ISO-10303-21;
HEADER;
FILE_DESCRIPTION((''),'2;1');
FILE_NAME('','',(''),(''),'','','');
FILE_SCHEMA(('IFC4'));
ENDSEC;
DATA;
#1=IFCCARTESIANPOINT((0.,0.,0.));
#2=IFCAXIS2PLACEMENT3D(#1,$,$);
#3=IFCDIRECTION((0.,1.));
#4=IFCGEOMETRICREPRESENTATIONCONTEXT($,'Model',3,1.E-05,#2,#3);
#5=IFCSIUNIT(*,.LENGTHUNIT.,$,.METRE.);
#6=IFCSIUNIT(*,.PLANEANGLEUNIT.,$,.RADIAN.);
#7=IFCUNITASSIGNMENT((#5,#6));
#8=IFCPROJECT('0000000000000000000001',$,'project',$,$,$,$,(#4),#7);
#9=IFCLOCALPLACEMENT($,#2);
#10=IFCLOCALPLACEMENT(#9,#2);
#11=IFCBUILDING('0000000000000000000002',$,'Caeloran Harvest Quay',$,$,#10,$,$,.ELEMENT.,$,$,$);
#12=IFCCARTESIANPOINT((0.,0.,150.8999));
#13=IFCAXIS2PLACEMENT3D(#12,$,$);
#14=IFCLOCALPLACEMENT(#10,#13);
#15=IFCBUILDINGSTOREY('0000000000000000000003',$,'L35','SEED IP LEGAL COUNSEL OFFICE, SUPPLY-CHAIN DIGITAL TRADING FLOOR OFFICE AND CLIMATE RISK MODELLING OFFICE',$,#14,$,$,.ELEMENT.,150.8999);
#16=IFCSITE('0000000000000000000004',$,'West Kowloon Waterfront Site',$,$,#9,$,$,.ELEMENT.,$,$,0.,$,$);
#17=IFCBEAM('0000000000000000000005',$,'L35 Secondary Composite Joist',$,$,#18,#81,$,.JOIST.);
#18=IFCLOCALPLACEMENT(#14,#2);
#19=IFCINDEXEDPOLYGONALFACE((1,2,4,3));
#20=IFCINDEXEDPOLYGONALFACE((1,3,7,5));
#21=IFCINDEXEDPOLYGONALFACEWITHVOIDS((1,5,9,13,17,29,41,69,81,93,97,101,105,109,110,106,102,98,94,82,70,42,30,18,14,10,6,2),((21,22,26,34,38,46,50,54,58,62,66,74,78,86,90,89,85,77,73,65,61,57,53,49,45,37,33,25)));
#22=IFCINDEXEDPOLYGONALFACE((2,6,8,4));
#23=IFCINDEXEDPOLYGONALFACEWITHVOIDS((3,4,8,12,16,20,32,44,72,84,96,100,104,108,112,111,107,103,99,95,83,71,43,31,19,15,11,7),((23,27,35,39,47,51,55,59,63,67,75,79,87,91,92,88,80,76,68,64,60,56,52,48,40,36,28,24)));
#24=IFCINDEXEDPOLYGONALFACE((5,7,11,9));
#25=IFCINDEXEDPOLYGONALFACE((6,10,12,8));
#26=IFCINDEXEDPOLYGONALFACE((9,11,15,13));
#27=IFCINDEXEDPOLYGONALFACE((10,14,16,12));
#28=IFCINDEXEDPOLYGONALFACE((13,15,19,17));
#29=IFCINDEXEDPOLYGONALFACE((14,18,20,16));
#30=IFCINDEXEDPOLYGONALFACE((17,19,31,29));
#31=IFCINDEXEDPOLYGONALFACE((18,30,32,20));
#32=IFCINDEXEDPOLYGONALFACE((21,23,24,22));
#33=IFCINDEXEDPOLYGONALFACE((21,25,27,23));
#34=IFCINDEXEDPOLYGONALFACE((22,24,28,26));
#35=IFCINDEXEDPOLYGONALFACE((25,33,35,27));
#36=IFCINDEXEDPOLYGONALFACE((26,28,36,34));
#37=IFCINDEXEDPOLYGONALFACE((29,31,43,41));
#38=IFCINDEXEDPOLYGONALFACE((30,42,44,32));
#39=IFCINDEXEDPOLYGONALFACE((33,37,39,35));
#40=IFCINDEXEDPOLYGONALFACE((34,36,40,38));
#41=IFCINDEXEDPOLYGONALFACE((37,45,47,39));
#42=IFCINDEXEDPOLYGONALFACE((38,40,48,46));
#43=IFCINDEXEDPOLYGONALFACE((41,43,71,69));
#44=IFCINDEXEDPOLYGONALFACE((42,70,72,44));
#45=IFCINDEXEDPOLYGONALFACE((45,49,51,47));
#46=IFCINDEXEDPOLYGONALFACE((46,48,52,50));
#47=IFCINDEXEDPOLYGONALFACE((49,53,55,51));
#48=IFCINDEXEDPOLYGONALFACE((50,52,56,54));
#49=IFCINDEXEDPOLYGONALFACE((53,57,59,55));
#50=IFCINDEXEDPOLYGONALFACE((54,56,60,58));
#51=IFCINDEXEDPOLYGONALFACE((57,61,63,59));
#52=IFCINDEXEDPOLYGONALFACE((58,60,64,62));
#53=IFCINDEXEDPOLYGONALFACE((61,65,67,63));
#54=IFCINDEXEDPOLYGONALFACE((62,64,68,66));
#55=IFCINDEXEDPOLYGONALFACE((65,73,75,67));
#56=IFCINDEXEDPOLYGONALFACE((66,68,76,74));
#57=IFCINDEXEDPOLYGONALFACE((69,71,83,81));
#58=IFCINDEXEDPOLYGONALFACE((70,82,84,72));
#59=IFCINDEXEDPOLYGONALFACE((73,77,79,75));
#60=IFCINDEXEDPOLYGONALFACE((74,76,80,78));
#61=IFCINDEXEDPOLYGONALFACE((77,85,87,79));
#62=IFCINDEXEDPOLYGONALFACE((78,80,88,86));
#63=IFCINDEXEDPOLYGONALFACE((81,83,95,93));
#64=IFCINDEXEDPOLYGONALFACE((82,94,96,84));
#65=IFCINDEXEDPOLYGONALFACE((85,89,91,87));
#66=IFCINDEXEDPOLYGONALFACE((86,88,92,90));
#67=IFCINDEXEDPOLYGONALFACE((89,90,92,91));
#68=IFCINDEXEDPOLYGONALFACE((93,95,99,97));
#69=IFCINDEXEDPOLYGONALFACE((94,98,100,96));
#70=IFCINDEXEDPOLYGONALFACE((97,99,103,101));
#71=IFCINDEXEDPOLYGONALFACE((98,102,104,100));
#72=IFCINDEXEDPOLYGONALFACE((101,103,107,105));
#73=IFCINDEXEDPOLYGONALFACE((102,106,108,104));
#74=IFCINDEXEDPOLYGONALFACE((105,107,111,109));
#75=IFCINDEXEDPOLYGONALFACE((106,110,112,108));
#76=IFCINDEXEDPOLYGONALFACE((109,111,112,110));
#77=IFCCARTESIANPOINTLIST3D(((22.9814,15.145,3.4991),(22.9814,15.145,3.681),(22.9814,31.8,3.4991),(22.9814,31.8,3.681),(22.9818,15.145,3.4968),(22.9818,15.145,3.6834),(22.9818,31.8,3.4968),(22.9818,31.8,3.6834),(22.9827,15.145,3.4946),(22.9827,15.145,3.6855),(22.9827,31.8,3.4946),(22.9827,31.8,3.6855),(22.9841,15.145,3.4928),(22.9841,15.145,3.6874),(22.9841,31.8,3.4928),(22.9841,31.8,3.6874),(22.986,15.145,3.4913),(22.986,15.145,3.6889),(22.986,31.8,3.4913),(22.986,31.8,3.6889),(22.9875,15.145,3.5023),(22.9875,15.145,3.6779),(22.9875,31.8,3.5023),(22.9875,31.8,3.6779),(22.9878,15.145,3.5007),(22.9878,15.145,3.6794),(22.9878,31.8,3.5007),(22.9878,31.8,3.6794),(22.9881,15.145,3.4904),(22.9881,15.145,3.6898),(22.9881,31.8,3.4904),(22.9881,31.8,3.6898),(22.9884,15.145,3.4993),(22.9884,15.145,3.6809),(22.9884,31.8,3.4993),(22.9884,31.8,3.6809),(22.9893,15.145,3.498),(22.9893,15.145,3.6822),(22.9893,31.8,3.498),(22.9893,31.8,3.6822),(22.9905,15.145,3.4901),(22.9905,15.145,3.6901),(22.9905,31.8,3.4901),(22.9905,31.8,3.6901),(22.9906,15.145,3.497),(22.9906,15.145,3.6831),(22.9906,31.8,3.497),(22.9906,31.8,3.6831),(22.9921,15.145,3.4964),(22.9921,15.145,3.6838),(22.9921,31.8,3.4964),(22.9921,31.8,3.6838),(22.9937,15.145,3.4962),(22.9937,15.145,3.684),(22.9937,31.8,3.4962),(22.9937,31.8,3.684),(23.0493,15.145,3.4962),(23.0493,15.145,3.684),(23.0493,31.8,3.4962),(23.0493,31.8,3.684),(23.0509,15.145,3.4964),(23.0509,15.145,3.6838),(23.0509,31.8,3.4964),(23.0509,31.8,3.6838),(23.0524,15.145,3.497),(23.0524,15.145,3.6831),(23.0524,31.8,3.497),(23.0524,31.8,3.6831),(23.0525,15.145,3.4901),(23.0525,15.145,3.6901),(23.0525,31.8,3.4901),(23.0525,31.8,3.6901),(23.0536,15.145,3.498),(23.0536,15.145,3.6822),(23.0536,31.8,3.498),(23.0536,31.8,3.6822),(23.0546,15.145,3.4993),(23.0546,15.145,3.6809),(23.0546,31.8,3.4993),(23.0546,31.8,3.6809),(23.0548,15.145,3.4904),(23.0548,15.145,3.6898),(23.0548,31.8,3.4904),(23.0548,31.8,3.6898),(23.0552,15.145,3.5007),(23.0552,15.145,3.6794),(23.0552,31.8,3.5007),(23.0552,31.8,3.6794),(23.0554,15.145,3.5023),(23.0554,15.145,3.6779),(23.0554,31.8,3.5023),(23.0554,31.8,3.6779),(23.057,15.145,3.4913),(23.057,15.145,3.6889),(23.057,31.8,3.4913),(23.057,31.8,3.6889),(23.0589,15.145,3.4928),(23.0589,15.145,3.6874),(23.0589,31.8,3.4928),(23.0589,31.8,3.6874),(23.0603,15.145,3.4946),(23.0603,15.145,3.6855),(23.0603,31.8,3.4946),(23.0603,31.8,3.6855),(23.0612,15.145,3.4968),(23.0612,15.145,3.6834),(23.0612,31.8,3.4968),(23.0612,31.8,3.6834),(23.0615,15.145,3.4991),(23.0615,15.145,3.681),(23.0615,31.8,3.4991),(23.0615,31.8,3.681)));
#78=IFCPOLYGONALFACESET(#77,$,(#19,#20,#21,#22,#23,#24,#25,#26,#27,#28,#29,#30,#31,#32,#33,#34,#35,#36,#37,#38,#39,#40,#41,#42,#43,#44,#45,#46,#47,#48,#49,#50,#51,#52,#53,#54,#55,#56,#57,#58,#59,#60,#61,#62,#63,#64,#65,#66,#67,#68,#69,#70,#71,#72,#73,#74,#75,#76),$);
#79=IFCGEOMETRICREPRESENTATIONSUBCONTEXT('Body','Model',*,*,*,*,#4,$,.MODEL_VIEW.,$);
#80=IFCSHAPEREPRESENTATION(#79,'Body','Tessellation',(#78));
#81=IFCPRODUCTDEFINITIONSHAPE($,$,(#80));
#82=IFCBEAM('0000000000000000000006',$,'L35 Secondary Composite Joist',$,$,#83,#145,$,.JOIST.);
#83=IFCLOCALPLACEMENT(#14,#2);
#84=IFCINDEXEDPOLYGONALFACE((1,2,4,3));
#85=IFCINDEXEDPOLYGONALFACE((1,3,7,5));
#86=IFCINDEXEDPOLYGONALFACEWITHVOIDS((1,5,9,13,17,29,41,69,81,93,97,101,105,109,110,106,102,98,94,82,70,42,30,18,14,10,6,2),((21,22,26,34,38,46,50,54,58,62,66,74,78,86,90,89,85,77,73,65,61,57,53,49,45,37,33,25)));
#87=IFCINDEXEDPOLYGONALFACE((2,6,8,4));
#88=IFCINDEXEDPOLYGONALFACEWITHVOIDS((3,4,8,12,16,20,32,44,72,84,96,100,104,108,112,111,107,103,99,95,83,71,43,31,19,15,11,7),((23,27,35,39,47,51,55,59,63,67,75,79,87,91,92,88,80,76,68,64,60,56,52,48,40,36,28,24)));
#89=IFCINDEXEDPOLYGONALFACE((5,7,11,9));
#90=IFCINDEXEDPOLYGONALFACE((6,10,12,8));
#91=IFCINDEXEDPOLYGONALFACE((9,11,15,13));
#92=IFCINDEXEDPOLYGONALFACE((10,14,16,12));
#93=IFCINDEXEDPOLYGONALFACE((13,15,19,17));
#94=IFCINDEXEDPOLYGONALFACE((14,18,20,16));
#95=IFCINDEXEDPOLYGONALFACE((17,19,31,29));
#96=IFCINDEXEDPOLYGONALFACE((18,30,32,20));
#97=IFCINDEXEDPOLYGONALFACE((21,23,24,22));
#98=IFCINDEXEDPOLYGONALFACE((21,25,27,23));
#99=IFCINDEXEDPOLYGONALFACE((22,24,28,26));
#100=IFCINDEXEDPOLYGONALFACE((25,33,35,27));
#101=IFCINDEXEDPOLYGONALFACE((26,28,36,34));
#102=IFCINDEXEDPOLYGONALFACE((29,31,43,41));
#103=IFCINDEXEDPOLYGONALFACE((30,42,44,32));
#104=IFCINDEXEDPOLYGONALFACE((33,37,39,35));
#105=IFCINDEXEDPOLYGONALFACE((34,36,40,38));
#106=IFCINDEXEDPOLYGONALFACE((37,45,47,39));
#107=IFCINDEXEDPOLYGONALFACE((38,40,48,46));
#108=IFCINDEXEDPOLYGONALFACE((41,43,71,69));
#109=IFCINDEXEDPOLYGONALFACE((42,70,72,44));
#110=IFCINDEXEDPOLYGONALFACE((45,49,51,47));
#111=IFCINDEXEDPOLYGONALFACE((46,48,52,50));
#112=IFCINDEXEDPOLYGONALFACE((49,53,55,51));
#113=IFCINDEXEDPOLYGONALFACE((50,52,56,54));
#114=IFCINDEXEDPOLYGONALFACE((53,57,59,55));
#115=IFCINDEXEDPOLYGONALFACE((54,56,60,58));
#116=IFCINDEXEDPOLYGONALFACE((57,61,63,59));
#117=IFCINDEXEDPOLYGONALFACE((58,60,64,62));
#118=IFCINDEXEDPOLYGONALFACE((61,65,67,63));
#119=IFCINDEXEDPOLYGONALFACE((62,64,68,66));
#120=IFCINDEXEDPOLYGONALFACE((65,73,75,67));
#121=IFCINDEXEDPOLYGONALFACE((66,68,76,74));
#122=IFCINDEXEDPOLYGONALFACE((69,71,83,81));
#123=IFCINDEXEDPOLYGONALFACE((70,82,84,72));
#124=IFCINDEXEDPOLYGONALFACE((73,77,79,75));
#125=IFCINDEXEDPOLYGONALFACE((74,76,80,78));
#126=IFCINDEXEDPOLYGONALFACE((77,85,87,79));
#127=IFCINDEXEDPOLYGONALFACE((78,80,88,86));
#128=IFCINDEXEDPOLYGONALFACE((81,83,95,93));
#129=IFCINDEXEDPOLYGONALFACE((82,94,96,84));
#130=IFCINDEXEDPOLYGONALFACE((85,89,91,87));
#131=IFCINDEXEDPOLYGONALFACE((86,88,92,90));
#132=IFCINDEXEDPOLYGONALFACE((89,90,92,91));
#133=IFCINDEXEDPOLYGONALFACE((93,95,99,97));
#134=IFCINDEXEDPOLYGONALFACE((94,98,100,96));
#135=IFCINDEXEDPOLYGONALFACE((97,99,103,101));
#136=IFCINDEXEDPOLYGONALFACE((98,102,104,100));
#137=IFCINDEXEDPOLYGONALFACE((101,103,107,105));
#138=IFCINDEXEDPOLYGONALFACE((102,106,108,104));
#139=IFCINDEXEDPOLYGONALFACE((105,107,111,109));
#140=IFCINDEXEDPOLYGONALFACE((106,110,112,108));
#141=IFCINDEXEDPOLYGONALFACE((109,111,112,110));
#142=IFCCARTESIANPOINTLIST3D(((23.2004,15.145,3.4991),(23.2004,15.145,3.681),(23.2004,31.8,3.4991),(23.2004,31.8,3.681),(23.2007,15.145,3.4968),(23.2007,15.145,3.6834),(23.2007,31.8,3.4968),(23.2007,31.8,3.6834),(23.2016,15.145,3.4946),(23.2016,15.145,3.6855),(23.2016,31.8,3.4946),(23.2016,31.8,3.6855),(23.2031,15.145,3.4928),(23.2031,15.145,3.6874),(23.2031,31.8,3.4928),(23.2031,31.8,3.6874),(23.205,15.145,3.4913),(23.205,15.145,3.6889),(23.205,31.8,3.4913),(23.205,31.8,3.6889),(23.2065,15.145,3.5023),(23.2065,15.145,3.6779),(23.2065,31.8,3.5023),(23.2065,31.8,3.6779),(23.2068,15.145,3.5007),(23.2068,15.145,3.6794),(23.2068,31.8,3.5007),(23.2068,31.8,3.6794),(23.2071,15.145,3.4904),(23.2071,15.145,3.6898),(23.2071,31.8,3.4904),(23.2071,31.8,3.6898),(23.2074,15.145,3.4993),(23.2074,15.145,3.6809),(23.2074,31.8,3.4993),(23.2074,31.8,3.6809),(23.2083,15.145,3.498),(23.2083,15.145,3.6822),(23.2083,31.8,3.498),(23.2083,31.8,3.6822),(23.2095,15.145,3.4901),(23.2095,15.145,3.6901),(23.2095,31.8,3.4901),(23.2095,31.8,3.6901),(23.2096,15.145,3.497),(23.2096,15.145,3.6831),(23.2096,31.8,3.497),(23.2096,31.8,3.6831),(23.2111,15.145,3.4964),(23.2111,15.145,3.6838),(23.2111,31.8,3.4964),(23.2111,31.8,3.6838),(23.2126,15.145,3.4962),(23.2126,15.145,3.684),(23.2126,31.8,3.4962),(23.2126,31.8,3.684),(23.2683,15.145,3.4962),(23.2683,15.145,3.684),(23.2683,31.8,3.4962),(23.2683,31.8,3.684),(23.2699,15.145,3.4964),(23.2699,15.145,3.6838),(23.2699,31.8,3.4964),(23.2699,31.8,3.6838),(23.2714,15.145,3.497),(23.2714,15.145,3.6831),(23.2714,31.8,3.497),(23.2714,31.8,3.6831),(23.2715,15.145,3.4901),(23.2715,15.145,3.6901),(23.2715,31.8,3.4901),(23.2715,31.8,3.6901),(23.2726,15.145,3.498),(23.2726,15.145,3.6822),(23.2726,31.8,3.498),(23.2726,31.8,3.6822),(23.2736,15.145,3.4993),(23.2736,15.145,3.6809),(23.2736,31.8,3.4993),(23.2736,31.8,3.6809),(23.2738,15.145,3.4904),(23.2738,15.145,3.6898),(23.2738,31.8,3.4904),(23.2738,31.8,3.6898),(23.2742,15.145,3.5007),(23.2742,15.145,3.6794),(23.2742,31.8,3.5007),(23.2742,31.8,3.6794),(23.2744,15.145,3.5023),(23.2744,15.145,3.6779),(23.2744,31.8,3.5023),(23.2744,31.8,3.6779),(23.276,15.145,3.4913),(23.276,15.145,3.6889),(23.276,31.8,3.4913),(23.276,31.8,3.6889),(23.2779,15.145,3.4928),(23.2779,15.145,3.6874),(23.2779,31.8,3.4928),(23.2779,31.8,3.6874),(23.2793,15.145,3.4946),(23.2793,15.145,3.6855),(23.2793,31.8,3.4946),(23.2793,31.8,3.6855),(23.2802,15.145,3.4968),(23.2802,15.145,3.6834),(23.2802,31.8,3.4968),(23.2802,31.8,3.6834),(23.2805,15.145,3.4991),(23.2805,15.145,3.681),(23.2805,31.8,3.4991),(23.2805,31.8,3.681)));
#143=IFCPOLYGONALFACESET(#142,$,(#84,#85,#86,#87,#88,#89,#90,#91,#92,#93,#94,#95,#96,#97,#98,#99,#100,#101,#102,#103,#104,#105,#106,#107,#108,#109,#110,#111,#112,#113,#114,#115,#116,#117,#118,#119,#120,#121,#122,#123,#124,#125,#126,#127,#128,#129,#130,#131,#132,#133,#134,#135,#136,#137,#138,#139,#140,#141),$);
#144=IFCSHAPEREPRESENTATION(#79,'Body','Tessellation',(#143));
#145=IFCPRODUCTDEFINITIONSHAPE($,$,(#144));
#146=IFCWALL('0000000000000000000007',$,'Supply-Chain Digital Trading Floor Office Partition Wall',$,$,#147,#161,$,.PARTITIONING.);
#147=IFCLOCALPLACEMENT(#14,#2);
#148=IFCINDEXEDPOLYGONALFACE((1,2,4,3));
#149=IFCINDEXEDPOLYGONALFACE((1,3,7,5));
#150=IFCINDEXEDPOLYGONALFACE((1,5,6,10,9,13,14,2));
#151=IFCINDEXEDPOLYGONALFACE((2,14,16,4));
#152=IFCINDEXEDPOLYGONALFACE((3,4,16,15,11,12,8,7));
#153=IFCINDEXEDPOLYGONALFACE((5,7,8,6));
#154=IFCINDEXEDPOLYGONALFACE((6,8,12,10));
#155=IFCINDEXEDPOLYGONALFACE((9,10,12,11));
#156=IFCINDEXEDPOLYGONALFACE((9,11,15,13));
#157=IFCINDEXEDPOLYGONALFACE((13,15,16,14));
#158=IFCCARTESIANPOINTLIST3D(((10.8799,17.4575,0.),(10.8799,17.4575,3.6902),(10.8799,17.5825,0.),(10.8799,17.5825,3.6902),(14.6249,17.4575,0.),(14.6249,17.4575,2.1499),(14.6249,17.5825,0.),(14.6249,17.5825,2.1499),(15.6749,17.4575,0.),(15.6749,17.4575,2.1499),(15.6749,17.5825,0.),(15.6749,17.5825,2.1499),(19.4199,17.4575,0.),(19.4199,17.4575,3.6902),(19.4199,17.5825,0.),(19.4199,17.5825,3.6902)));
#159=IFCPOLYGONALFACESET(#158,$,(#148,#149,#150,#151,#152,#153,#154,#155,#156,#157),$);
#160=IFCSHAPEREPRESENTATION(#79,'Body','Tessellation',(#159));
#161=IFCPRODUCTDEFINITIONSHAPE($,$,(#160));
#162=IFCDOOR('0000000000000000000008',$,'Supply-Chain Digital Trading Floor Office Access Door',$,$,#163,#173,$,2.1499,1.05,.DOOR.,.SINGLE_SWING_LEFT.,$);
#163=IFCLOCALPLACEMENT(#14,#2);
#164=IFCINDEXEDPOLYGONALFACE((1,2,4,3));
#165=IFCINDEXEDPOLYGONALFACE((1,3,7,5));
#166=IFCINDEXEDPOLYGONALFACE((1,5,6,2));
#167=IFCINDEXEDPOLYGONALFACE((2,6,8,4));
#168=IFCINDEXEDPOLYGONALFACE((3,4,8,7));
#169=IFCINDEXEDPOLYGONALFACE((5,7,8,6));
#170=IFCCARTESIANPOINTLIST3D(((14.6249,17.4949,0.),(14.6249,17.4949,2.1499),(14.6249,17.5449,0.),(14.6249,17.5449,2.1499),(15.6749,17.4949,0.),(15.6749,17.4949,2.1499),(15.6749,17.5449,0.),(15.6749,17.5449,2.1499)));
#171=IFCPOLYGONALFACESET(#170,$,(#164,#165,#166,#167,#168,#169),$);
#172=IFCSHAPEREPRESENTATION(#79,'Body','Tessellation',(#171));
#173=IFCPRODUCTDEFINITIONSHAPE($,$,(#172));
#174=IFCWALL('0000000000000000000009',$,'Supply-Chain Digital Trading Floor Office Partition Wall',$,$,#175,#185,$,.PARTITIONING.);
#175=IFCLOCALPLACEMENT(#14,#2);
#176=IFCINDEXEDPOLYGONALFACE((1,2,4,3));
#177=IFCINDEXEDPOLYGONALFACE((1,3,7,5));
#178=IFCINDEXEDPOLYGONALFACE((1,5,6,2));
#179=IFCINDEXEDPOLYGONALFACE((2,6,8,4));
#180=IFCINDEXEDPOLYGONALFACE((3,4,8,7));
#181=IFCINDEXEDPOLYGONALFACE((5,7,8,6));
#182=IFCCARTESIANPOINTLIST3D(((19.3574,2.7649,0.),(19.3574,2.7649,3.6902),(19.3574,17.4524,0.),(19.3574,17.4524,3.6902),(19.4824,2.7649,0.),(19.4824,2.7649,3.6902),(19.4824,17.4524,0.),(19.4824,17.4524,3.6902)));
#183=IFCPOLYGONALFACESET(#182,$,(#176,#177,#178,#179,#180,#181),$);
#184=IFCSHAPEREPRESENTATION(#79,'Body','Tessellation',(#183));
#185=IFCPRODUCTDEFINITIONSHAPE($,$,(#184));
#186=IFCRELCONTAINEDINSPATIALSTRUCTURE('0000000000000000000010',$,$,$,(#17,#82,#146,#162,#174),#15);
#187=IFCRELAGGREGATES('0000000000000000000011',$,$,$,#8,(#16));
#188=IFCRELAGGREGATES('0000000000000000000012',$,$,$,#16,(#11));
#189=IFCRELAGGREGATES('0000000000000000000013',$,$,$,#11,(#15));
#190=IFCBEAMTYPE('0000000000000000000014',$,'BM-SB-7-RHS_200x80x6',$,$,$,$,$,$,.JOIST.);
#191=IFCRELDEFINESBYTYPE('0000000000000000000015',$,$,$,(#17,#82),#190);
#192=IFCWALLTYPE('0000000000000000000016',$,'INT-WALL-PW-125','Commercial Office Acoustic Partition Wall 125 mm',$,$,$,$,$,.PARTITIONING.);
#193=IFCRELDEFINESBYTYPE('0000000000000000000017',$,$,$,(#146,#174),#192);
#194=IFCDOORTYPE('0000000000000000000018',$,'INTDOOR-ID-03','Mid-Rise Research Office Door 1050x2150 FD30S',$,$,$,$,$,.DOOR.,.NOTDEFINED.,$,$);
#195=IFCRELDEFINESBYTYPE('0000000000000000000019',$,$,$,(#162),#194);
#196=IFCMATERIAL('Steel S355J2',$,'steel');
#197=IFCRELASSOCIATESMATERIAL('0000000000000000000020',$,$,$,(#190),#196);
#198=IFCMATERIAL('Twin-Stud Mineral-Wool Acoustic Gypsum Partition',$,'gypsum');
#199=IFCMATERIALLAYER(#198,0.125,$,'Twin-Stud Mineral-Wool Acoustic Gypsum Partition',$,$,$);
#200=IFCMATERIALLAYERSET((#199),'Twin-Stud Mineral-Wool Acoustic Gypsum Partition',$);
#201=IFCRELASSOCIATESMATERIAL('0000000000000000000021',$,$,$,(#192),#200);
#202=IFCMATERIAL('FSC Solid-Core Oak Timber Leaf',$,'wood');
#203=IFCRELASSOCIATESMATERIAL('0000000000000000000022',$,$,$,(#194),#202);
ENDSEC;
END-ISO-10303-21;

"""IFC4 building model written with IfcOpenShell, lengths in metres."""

from ifc_helpers import new_model, si_unit, direction, frame, frame_2d, origin, origin_2d, place, context, subcontext, project, spatial, rectangle, hollow_rectangle, extrude, material, layer, layer_set, material_profile, profile_set, type_object, element, fill, save


model = new_model("IFC4")

# Units and contexts
model_context = context("Model", 3, precision=1e-05, world=origin(), true_north=direction((0.0, 1.0)))
body_context = subcontext(model_context, "Body", "Model", "MODEL_VIEW")
ifc_project = project(units=[si_unit("LENGTHUNIT", "METRE"), si_unit("PLANEANGLEUNIT", "RADIAN")], contexts=[model_context])

# Site, building, storey
site_placement = place(None, origin())
site = spatial("IfcSite", under=ifc_project, at=site_placement, Name="West Kowloon Waterfront Site", CompositionType="ELEMENT", RefElevation=0.0)
building_placement = place(site_placement, origin())
building = spatial("IfcBuilding", under=site, at=building_placement, Name="Caeloran Harvest Quay", CompositionType="ELEMENT")
storey_placement = place(building_placement, frame((0.0, 0.0, 150.8999)))
storey = spatial("IfcBuildingStorey", under=building, at=storey_placement, Name="L35", Description="SEED IP LEGAL COUNSEL OFFICE, SUPPLY-CHAIN DIGITAL TRADING FLOOR OFFICE AND CLIMATE RISK MODELLING OFFICE", CompositionType="ELEMENT", Elevation=150.8999)

# Beams
ifc_material_1 = material(Name="Steel S355J2", Category="steel")
ifc_material_profile_1 = material_profile(ifc_material_1, hollow_rectangle(XDim=0.0801, YDim=0.2, WallThickness=0.0061, InnerFilletRadius=0.0061, OuterFilletRadius=0.009, at=origin_2d()), Name="RHS 200x80x6")
ifc_profile_set_1 = profile_set([ifc_material_profile_1], Name="Steel S355J2")
beam_type_1 = type_object("IfcBeamType", Name="BM-SB-7-RHS_200x80x6", PredefinedType="JOIST", material=ifc_profile_set_1)
for number, where, z_axis, x_axis, name in (
    (1, (23.0215, 15.145, 3.5901), (0.0, 1.0, 0.0), (-1.0, 0.0, 0.0), "L35 Secondary Composite Joist"),
    (2, (23.2405, 15.145, 3.5901), (0.0, 1.0, 0.0), (-1.0, 0.0, 0.0), "L35 Secondary Composite Joist"),
):
    element("IfcBeam", number, at=place(storey_placement, frame(where, z_axis=z_axis, x_axis=x_axis)), inside=storey, type_object=beam_type_1, Name=name, PredefinedType="JOIST", context=body_context, shape_type="SweptSolid", body=[
        extrude(hollow_rectangle(XDim=0.0801, YDim=0.2, WallThickness=0.0061, InnerFilletRadius=0.0061, OuterFilletRadius=0.009, at=origin_2d()), origin(), (0.0, 0.0, 1.0), 16.655),
    ])

# Wall, opening, door
ifc_material_2 = material(Name="Twin-Stud Mineral-Wool Acoustic Gypsum Partition", Category="gypsum")
ifc_layer_1 = layer(ifc_material_2, 0.125, Name="Twin-Stud Mineral-Wool Acoustic Gypsum Partition")
ifc_layer_set_1 = layer_set([ifc_layer_1], Name="Twin-Stud Mineral-Wool Acoustic Gypsum Partition")
wall_type_1 = type_object("IfcWallType", Name="INT-WALL-PW-125", Description="Commercial Office Acoustic Partition Wall 125 mm", PredefinedType="PARTITIONING", material=ifc_layer_set_1)
wall_1_placement = place(storey_placement, frame((10.8799, 17.52, 0.0), z_axis=(0.0, 0.0, 1.0), x_axis=(1.0, 0.0, 0.0)))
wall_1 = element("IfcWall", 3, at=wall_1_placement, inside=storey, type_object=wall_type_1, Name="Supply-Chain Digital Trading Floor Office Partition Wall", PredefinedType="PARTITIONING", context=body_context, shape_type="SweptSolid", body=[
    extrude(rectangle(XDim=8.54, YDim=0.125, at=frame_2d((4.27, 0.0))), origin(), (0.0, 0.0, 1.0), 3.6902),
])
opening_1_placement = place(wall_1_placement, frame((3.7451, 0.0, 0.0)))
opening_1 = element("IfcOpeningElement", 4, at=opening_1_placement, cuts=wall_1, PredefinedType="OPENING", context=body_context, shape_type="SweptSolid", body=[
    extrude(rectangle(XDim=1.05, YDim=2.1499, at=frame_2d((0.5249, 1.075))), frame((0.0, 0.0725, 0.0), z_axis=(0.0, -1.0, 0.0), x_axis=(1.0, 0.0, 0.0)), (0.0, 0.0, 1.0), 0.145),
])
ifc_material_3 = material(Name="FSC Solid-Core Oak Timber Leaf", Category="wood")
door_type_1 = type_object("IfcDoorType", Name="INTDOOR-ID-03", Description="Mid-Rise Research Office Door 1050x2150 FD30S", OperationType="NOTDEFINED", PredefinedType="DOOR", material=ifc_material_3)
door_1_placement = place(opening_1_placement, origin())
door_1 = element("IfcDoor", 5, at=door_1_placement, inside=storey, type_object=door_type_1, Name="Supply-Chain Digital Trading Floor Office Access Door", OperationType="SINGLE_SWING_LEFT", OverallHeight=2.1499, OverallWidth=1.05, PredefinedType="DOOR", context=body_context, shape_type="SweptSolid", body=[
    extrude(rectangle(XDim=1.05, YDim=2.1499, at=frame_2d((0.5249, 1.075))), frame((0.0, 0.0249, 0.0), z_axis=(0.0, -1.0, 0.0), x_axis=(1.0, 0.0, 0.0)), (0.0, 0.0, 1.0), 0.05),
])
fill(opening_1, door_1)

# Wall
wall_2_placement = place(storey_placement, frame((19.4199, 17.4524, 0.0), z_axis=(0.0, 0.0, 1.0), x_axis=(0.0, -1.0, 0.0)))
element("IfcWall", 6, at=wall_2_placement, inside=storey, type_object=wall_type_1, Name="Supply-Chain Digital Trading Floor Office Partition Wall", PredefinedType="PARTITIONING", context=body_context, shape_type="SweptSolid", body=[
    extrude(rectangle(XDim=14.6875, YDim=0.125, at=frame_2d((7.3438, 0.0))), origin(), (0.0, 0.0, 1.0), 3.6902),
])

save(model, "model.ifc")
